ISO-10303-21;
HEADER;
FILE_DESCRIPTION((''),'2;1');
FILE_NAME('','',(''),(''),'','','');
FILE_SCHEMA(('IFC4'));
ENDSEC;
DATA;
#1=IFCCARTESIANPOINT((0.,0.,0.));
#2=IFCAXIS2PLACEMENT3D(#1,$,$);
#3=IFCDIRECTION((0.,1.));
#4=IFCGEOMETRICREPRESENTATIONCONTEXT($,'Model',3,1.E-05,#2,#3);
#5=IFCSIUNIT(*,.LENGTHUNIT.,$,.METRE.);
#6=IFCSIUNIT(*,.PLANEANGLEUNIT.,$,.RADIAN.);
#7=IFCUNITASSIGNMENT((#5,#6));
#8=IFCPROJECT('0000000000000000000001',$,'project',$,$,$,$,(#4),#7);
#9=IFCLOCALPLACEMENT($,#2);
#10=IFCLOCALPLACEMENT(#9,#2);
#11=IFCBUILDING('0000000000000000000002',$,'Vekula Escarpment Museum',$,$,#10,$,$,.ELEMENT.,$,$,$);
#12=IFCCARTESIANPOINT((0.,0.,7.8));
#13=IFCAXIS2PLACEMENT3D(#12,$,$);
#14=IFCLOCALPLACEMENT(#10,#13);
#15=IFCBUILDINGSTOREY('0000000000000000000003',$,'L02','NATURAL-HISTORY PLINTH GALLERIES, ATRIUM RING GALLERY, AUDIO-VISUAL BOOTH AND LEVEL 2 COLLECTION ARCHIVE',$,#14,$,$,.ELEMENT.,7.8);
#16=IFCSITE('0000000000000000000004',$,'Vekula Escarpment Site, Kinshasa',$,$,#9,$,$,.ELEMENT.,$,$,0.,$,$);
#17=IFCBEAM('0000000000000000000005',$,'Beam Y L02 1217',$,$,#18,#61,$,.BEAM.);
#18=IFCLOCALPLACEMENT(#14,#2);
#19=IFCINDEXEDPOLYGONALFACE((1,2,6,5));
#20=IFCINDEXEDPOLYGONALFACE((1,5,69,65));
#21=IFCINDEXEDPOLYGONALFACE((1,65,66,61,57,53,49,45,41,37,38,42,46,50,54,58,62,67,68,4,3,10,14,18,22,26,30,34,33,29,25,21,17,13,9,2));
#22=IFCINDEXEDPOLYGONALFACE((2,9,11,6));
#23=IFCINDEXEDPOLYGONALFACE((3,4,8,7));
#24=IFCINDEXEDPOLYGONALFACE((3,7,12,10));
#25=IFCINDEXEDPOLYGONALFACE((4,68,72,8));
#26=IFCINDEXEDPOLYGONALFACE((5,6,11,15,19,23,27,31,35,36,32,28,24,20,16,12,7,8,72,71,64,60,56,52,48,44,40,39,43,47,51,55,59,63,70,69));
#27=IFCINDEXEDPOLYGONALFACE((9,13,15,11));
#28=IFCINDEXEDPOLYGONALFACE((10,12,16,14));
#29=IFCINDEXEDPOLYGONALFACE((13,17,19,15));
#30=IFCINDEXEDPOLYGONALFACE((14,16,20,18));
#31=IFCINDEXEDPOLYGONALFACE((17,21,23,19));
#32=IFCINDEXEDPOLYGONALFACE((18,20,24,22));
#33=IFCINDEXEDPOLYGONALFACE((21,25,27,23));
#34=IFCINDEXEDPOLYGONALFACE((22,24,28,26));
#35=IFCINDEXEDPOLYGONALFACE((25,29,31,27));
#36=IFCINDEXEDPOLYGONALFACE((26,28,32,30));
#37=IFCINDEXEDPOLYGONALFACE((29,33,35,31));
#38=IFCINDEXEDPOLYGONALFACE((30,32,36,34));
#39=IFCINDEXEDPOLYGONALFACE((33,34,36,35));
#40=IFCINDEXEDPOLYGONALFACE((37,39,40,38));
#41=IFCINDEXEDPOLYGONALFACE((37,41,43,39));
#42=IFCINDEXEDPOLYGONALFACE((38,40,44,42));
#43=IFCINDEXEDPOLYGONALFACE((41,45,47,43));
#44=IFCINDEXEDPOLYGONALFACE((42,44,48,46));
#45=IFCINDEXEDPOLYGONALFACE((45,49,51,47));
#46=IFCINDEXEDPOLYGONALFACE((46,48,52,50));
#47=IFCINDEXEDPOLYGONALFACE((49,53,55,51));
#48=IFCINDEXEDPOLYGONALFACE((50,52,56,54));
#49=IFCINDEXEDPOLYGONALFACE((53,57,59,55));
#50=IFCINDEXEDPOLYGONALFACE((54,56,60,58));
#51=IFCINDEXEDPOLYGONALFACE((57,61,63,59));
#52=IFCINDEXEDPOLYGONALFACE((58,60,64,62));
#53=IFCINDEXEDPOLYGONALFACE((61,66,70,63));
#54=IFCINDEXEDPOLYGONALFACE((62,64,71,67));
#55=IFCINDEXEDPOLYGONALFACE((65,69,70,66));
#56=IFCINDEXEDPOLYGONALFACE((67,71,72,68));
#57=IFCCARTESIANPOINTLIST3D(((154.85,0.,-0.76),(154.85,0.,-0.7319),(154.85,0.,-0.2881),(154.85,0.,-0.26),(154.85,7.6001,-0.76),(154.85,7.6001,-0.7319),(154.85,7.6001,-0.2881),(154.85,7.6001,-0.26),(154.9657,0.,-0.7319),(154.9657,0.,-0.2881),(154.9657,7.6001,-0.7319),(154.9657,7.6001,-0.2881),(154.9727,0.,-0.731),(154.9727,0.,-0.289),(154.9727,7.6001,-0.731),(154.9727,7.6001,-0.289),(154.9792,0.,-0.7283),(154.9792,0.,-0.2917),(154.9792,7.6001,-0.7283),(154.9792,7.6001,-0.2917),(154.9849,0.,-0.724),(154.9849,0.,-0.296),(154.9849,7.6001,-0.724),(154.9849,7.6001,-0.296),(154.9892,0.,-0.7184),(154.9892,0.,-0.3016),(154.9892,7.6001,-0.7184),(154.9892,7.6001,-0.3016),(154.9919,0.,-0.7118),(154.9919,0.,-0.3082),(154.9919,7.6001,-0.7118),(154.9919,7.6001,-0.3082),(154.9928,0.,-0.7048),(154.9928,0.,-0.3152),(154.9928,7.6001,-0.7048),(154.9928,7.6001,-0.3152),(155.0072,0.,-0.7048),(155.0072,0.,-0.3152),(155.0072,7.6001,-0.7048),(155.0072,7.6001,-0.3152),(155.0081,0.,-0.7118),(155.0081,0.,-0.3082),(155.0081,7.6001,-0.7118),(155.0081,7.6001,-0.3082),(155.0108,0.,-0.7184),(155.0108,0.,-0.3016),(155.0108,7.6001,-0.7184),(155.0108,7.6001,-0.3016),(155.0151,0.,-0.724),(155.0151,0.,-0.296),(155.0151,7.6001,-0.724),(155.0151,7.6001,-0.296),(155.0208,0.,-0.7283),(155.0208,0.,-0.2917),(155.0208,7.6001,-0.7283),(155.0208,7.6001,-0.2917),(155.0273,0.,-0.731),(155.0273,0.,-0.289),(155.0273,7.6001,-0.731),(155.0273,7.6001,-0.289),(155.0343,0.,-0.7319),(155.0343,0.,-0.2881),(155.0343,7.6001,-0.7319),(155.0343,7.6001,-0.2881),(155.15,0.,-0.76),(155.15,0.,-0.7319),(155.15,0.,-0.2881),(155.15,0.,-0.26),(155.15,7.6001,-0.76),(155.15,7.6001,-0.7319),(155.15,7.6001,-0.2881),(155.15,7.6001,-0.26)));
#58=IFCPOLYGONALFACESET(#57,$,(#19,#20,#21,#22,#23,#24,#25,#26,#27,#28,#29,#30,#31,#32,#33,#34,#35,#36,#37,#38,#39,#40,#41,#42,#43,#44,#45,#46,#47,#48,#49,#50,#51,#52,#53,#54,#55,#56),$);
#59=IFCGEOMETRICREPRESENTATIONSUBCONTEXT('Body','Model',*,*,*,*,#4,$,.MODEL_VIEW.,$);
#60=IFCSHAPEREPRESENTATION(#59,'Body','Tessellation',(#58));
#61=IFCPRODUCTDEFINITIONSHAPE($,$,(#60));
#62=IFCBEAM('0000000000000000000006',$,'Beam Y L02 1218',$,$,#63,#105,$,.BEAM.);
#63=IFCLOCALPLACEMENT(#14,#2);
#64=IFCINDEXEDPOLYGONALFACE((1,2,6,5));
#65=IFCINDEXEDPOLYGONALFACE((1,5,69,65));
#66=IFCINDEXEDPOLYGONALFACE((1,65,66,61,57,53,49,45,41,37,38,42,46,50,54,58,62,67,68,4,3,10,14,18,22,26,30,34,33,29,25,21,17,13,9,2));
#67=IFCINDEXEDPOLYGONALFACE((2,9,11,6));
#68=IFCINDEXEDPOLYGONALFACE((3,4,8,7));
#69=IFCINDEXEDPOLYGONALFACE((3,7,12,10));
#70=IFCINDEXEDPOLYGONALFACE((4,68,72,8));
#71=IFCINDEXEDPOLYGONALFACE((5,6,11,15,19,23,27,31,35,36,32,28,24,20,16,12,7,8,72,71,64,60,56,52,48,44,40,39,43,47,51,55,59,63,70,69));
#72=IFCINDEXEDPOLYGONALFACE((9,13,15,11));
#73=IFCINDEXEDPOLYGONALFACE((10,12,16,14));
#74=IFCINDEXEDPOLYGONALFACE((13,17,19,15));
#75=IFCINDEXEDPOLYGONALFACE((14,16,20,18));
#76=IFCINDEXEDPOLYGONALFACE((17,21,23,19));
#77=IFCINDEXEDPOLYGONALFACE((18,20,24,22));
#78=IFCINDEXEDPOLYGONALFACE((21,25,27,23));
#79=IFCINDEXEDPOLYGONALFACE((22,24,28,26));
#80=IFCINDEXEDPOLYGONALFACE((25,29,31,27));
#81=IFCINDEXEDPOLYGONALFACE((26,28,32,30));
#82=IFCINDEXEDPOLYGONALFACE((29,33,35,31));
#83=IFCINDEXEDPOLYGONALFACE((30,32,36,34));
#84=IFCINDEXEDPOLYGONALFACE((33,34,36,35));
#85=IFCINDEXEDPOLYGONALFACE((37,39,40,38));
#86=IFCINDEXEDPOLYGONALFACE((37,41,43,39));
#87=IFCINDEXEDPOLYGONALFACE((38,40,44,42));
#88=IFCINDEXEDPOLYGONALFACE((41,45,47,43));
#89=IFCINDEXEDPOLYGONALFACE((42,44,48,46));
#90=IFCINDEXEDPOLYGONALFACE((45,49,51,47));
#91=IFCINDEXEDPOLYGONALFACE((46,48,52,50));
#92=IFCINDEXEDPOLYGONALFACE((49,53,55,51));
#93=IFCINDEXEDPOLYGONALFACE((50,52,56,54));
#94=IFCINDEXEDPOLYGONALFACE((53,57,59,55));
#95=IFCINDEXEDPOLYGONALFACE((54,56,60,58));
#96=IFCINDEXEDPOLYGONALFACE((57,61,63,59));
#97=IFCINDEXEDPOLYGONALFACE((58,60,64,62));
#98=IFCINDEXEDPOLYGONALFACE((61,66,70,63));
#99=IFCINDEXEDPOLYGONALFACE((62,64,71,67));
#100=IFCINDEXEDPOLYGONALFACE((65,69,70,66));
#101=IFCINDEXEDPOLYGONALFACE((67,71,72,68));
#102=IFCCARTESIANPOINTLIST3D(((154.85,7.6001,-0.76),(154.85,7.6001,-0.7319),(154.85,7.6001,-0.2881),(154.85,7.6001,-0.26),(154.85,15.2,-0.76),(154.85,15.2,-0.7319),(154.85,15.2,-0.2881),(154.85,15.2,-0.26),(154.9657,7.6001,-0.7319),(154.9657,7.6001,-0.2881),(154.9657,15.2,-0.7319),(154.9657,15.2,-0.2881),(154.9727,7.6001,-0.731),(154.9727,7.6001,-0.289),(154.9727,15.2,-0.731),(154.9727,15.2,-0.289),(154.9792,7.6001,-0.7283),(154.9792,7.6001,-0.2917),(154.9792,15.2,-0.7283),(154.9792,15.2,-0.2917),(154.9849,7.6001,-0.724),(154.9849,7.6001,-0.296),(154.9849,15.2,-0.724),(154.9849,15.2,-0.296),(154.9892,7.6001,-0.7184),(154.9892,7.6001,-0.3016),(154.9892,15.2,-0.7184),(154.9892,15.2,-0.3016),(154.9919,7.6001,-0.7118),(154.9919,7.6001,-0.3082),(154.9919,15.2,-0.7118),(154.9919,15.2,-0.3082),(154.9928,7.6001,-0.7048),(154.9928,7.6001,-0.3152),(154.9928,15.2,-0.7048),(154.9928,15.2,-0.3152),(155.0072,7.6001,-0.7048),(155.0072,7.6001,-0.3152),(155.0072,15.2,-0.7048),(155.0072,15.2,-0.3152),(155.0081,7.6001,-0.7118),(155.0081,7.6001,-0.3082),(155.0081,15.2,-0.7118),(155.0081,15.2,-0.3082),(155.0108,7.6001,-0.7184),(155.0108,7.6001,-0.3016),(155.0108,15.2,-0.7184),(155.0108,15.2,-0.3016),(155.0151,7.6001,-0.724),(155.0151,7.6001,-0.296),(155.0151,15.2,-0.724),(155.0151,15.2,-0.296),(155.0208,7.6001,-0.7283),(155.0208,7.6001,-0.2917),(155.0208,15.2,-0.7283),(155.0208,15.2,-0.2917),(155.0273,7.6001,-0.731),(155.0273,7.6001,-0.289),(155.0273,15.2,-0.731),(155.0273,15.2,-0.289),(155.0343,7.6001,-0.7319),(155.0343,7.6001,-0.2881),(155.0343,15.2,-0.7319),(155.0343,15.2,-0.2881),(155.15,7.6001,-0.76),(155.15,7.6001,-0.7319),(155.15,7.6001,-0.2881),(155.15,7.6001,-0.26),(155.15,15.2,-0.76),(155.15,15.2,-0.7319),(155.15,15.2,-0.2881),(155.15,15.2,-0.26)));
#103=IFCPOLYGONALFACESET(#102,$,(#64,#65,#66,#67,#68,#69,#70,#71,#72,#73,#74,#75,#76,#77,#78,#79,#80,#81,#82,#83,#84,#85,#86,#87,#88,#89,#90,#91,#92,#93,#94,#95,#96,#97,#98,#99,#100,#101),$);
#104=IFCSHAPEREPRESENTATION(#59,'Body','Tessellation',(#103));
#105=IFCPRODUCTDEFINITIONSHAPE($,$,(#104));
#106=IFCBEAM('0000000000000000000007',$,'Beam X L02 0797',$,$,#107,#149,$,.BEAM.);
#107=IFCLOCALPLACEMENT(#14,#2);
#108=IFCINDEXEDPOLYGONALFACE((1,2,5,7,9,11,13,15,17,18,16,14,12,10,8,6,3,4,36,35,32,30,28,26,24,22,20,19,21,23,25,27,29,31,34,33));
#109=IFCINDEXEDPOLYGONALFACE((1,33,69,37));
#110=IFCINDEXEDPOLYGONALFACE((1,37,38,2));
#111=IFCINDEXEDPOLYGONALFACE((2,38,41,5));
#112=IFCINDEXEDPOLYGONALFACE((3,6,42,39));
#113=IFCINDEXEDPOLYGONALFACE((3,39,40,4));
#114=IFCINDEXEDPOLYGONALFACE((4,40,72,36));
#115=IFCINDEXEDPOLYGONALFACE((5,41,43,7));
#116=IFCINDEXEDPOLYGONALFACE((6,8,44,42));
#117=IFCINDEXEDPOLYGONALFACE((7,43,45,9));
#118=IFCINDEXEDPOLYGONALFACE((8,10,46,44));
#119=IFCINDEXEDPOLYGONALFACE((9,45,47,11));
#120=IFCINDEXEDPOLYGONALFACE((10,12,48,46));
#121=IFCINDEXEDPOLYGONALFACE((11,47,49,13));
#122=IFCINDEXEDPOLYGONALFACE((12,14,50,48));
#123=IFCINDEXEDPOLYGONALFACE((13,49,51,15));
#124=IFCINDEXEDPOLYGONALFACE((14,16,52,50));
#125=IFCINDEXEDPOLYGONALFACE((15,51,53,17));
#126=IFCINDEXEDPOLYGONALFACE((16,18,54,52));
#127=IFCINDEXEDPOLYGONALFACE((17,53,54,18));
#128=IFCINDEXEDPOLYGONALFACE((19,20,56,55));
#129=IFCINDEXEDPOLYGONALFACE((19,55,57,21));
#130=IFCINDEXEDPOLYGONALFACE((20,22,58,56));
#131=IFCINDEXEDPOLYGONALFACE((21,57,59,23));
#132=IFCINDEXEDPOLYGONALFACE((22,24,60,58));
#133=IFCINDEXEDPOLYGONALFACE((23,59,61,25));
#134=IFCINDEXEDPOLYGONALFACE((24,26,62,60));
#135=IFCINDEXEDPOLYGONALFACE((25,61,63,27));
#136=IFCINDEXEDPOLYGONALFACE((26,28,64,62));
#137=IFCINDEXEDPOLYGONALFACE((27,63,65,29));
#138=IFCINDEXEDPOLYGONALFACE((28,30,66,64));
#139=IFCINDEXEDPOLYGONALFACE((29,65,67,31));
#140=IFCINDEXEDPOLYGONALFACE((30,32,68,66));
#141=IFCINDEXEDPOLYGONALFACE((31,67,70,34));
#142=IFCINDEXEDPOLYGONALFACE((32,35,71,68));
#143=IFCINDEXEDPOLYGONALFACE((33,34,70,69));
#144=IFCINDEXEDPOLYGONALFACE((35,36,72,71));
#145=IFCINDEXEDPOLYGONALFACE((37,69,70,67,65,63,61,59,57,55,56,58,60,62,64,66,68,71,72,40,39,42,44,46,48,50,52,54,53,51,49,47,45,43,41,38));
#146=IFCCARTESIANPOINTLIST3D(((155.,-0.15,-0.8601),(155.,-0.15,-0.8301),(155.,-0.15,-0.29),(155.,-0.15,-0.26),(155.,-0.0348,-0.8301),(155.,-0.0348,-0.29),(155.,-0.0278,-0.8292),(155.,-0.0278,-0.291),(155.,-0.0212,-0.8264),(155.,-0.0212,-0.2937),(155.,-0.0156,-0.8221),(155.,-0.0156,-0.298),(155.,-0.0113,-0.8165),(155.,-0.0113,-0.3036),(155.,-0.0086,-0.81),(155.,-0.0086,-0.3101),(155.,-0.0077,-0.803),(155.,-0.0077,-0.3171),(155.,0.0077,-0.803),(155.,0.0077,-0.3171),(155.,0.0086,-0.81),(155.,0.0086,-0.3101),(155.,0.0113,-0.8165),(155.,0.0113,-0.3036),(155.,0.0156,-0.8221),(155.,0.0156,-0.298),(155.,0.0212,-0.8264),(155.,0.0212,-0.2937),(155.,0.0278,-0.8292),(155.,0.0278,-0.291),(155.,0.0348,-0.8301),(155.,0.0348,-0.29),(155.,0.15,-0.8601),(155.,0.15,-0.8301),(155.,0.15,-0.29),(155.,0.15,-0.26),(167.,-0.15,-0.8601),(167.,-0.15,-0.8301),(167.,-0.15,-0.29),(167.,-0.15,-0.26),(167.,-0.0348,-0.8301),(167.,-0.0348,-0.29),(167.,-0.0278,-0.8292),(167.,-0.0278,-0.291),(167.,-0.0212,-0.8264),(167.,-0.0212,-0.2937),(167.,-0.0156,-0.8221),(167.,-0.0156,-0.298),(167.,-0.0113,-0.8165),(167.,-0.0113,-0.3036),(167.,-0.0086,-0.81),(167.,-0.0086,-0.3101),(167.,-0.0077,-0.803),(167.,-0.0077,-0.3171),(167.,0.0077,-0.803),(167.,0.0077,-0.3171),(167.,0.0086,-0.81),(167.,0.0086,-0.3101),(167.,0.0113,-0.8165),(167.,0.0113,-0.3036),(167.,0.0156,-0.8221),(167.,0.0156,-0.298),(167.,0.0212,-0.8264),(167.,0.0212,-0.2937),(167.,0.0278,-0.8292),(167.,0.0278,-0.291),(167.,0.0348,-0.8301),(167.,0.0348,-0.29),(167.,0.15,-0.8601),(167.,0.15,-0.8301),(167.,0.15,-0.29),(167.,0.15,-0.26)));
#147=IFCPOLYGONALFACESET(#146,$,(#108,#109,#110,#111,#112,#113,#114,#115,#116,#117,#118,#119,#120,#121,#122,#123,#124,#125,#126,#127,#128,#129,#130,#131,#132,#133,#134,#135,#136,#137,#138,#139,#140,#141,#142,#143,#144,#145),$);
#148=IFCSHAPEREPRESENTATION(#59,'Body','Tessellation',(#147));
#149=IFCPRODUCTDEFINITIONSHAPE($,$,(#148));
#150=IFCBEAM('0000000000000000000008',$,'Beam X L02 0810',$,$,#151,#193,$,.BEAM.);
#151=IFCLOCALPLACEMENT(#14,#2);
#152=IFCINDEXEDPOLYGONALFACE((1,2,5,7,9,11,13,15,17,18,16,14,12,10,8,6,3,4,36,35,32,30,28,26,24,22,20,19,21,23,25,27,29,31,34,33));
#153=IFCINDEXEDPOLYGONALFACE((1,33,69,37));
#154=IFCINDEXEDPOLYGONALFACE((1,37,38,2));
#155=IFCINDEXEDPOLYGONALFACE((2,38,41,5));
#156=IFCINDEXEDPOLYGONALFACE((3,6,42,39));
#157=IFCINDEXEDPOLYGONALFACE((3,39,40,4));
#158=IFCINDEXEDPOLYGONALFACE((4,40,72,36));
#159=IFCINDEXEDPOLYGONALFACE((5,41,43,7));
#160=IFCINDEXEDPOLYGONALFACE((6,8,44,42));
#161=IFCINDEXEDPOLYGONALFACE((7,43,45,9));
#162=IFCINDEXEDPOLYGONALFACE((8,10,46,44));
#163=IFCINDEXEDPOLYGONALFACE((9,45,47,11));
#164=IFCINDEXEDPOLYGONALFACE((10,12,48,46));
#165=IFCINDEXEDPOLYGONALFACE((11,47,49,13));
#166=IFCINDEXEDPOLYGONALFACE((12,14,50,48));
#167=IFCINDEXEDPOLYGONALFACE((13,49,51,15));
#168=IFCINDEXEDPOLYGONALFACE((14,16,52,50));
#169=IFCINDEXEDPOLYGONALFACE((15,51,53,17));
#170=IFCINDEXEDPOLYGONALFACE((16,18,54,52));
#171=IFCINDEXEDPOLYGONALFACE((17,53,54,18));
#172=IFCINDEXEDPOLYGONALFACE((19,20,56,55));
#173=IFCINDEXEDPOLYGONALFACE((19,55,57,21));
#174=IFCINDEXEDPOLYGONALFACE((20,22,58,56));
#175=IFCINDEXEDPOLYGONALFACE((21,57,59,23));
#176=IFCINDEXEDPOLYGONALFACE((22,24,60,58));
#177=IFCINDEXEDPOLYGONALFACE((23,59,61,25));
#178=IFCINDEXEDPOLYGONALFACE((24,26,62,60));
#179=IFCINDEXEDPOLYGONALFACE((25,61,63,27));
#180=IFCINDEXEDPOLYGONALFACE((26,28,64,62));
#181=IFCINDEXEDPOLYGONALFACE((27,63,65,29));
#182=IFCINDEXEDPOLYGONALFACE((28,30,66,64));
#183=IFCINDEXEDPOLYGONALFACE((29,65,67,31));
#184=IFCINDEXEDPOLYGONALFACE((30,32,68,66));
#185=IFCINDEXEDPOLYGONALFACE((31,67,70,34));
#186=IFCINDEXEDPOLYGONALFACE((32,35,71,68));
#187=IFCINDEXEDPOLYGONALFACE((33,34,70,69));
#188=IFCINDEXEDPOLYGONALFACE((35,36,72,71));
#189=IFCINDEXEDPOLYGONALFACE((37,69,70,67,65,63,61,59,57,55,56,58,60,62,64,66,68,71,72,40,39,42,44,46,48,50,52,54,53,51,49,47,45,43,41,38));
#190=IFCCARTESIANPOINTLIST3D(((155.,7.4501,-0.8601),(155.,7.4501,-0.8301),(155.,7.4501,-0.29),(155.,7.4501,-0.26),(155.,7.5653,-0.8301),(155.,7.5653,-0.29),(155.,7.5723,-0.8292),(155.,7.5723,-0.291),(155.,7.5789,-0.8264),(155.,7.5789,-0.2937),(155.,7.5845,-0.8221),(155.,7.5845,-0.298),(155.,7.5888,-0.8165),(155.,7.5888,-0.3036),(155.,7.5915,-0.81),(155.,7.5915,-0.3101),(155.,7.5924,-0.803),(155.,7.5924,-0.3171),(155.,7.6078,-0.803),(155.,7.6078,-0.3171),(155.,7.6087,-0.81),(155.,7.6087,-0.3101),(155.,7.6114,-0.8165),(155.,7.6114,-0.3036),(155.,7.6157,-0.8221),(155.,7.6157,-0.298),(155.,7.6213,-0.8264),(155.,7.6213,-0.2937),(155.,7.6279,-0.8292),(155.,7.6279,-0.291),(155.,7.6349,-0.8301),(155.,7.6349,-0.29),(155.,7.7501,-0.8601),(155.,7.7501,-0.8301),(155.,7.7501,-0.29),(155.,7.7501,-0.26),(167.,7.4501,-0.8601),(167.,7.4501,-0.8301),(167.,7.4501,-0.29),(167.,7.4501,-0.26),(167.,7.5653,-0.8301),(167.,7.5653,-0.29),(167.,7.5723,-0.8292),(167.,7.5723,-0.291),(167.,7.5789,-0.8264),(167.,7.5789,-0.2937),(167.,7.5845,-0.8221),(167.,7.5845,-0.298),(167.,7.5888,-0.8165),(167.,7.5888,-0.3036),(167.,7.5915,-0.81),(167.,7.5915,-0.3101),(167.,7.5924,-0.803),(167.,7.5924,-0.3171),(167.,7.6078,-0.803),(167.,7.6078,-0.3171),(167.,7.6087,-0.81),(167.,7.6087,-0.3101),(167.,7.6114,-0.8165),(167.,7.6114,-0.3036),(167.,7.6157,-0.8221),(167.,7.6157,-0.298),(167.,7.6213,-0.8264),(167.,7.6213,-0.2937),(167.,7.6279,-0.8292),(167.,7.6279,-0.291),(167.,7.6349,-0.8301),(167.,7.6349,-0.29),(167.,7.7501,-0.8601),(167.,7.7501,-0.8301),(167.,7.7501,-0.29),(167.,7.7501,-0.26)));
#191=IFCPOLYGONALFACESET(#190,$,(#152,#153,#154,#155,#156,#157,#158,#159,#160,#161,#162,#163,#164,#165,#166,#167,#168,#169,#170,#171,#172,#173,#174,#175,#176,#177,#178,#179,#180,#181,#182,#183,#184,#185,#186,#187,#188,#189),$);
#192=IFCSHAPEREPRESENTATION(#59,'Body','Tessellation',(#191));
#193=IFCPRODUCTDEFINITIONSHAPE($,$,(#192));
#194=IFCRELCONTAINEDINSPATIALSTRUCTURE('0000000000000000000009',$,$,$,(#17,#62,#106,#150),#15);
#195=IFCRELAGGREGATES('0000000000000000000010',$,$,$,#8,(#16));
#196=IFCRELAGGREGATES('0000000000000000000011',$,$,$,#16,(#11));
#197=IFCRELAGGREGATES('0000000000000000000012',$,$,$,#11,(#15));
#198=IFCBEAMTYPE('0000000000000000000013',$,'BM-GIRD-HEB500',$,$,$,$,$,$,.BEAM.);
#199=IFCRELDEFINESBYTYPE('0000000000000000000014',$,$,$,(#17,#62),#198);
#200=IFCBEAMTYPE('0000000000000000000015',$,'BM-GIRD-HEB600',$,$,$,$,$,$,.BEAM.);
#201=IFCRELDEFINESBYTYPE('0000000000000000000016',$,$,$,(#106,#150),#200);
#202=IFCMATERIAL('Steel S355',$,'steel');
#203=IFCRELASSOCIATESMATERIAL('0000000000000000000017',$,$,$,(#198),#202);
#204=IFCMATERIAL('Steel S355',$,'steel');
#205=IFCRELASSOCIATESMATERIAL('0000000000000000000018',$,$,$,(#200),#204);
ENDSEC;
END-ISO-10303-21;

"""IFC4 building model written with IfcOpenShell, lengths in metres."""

from ifc_helpers import new_model, si_unit, direction, frame, origin, origin_2d, place, context, subcontext, project, spatial, i_section, extrude, material, material_profile, profile_set, type_object, element, save


model = new_model("IFC4")

# Units and contexts
model_context = context("Model", 3, precision=1e-05, world=origin(), true_north=direction((0.0, 1.0)))
body_context = subcontext(model_context, "Body", "Model", "MODEL_VIEW")
ifc_project = project(units=[si_unit("LENGTHUNIT", "METRE"), si_unit("PLANEANGLEUNIT", "RADIAN")], contexts=[model_context])

# Site, building, storey
site_placement = place(None, origin())
site = spatial("IfcSite", under=ifc_project, at=site_placement, Name="Vekula Escarpment Site, Kinshasa", CompositionType="ELEMENT", RefElevation=0.0)
building_placement = place(site_placement, origin())
building = spatial("IfcBuilding", under=site, at=building_placement, Name="Vekula Escarpment Museum", CompositionType="ELEMENT")
storey_placement = place(building_placement, frame((0.0, 0.0, 7.8)))
storey = spatial("IfcBuildingStorey", under=building, at=storey_placement, Name="L02", Description="NATURAL-HISTORY PLINTH GALLERIES, ATRIUM RING GALLERY, AUDIO-VISUAL BOOTH AND LEVEL 2 COLLECTION ARCHIVE", CompositionType="ELEMENT", Elevation=7.8)

# Beams
ifc_material_1 = material(Name="Steel S355", Category="steel")
ifc_material_profile_1 = material_profile(ifc_material_1, i_section(OverallWidth=0.3, OverallDepth=0.5, WebThickness=0.0144, FlangeThickness=0.0281, FilletRadius=0.0271, at=origin_2d()), Name="HEB 500")
ifc_profile_set_1 = profile_set([ifc_material_profile_1], Name="Steel S355")
beam_type_1 = type_object("IfcBeamType", Name="BM-GIRD-HEB500", PredefinedType="BEAM", material=ifc_profile_set_1)
beam_1_placement = place(storey_placement, frame((155.0, 0.0, -0.51), z_axis=(0.0, 1.0, 0.0), x_axis=(-1.0, 0.0, 0.0)))
element("IfcBeam", 1, at=beam_1_placement, inside=storey, type_object=beam_type_1, Name="Beam Y L02 1217", PredefinedType="BEAM", context=body_context, shape_type="SweptSolid", body=[
    extrude(i_section(OverallWidth=0.3, OverallDepth=0.5, WebThickness=0.0144, FlangeThickness=0.0281, FilletRadius=0.0271, at=origin_2d()), origin(), (0.0, 0.0, 1.0), 7.6001),
])
beam_2_placement = place(storey_placement, frame((155.0, 7.6001, -0.51), z_axis=(0.0, 1.0, 0.0), x_axis=(-1.0, 0.0, 0.0)))
element("IfcBeam", 2, at=beam_2_placement, inside=storey, type_object=beam_type_1, Name="Beam Y L02 1218", PredefinedType="BEAM", context=body_context, shape_type="SweptSolid", body=[
    extrude(i_section(OverallWidth=0.3, OverallDepth=0.5, WebThickness=0.0144, FlangeThickness=0.0281, FilletRadius=0.0271, at=origin_2d()), origin(), (0.0, 0.0, 1.0), 7.5999),
])
ifc_material_2 = material(Name="Steel S355", Category="steel")
ifc_material_profile_2 = material_profile(ifc_material_2, i_section(OverallWidth=0.3, OverallDepth=0.6001, WebThickness=0.0154, FlangeThickness=0.03, FilletRadius=0.0271, at=origin_2d()), Name="HEB 600")
ifc_profile_set_2 = profile_set([ifc_material_profile_2], Name="Steel S355")
beam_type_2 = type_object("IfcBeamType", Name="BM-GIRD-HEB600", PredefinedType="BEAM", material=ifc_profile_set_2)
for number, where, z_axis, x_axis, name in (
    (3, (155.0, 0.0, -0.5601), (1.0, 0.0, 0.0), (0.0, 1.0, 0.0), "Beam X L02 0797"),
    (4, (155.0, 7.6001, -0.5601), (1.0, 0.0, 0.0), (0.0, 1.0, 0.0), "Beam X L02 0810"),
):
    element("IfcBeam", number, at=place(storey_placement, frame(where, z_axis=z_axis, x_axis=x_axis)), inside=storey, type_object=beam_type_2, Name=name, PredefinedType="BEAM", context=body_context, shape_type="SweptSolid", body=[
        extrude(i_section(OverallWidth=0.3, OverallDepth=0.6001, WebThickness=0.0154, FlangeThickness=0.03, FilletRadius=0.0271, at=origin_2d()), origin(), (0.0, 0.0, 1.0), 12.0),
    ])

save(model, "model.ifc")
